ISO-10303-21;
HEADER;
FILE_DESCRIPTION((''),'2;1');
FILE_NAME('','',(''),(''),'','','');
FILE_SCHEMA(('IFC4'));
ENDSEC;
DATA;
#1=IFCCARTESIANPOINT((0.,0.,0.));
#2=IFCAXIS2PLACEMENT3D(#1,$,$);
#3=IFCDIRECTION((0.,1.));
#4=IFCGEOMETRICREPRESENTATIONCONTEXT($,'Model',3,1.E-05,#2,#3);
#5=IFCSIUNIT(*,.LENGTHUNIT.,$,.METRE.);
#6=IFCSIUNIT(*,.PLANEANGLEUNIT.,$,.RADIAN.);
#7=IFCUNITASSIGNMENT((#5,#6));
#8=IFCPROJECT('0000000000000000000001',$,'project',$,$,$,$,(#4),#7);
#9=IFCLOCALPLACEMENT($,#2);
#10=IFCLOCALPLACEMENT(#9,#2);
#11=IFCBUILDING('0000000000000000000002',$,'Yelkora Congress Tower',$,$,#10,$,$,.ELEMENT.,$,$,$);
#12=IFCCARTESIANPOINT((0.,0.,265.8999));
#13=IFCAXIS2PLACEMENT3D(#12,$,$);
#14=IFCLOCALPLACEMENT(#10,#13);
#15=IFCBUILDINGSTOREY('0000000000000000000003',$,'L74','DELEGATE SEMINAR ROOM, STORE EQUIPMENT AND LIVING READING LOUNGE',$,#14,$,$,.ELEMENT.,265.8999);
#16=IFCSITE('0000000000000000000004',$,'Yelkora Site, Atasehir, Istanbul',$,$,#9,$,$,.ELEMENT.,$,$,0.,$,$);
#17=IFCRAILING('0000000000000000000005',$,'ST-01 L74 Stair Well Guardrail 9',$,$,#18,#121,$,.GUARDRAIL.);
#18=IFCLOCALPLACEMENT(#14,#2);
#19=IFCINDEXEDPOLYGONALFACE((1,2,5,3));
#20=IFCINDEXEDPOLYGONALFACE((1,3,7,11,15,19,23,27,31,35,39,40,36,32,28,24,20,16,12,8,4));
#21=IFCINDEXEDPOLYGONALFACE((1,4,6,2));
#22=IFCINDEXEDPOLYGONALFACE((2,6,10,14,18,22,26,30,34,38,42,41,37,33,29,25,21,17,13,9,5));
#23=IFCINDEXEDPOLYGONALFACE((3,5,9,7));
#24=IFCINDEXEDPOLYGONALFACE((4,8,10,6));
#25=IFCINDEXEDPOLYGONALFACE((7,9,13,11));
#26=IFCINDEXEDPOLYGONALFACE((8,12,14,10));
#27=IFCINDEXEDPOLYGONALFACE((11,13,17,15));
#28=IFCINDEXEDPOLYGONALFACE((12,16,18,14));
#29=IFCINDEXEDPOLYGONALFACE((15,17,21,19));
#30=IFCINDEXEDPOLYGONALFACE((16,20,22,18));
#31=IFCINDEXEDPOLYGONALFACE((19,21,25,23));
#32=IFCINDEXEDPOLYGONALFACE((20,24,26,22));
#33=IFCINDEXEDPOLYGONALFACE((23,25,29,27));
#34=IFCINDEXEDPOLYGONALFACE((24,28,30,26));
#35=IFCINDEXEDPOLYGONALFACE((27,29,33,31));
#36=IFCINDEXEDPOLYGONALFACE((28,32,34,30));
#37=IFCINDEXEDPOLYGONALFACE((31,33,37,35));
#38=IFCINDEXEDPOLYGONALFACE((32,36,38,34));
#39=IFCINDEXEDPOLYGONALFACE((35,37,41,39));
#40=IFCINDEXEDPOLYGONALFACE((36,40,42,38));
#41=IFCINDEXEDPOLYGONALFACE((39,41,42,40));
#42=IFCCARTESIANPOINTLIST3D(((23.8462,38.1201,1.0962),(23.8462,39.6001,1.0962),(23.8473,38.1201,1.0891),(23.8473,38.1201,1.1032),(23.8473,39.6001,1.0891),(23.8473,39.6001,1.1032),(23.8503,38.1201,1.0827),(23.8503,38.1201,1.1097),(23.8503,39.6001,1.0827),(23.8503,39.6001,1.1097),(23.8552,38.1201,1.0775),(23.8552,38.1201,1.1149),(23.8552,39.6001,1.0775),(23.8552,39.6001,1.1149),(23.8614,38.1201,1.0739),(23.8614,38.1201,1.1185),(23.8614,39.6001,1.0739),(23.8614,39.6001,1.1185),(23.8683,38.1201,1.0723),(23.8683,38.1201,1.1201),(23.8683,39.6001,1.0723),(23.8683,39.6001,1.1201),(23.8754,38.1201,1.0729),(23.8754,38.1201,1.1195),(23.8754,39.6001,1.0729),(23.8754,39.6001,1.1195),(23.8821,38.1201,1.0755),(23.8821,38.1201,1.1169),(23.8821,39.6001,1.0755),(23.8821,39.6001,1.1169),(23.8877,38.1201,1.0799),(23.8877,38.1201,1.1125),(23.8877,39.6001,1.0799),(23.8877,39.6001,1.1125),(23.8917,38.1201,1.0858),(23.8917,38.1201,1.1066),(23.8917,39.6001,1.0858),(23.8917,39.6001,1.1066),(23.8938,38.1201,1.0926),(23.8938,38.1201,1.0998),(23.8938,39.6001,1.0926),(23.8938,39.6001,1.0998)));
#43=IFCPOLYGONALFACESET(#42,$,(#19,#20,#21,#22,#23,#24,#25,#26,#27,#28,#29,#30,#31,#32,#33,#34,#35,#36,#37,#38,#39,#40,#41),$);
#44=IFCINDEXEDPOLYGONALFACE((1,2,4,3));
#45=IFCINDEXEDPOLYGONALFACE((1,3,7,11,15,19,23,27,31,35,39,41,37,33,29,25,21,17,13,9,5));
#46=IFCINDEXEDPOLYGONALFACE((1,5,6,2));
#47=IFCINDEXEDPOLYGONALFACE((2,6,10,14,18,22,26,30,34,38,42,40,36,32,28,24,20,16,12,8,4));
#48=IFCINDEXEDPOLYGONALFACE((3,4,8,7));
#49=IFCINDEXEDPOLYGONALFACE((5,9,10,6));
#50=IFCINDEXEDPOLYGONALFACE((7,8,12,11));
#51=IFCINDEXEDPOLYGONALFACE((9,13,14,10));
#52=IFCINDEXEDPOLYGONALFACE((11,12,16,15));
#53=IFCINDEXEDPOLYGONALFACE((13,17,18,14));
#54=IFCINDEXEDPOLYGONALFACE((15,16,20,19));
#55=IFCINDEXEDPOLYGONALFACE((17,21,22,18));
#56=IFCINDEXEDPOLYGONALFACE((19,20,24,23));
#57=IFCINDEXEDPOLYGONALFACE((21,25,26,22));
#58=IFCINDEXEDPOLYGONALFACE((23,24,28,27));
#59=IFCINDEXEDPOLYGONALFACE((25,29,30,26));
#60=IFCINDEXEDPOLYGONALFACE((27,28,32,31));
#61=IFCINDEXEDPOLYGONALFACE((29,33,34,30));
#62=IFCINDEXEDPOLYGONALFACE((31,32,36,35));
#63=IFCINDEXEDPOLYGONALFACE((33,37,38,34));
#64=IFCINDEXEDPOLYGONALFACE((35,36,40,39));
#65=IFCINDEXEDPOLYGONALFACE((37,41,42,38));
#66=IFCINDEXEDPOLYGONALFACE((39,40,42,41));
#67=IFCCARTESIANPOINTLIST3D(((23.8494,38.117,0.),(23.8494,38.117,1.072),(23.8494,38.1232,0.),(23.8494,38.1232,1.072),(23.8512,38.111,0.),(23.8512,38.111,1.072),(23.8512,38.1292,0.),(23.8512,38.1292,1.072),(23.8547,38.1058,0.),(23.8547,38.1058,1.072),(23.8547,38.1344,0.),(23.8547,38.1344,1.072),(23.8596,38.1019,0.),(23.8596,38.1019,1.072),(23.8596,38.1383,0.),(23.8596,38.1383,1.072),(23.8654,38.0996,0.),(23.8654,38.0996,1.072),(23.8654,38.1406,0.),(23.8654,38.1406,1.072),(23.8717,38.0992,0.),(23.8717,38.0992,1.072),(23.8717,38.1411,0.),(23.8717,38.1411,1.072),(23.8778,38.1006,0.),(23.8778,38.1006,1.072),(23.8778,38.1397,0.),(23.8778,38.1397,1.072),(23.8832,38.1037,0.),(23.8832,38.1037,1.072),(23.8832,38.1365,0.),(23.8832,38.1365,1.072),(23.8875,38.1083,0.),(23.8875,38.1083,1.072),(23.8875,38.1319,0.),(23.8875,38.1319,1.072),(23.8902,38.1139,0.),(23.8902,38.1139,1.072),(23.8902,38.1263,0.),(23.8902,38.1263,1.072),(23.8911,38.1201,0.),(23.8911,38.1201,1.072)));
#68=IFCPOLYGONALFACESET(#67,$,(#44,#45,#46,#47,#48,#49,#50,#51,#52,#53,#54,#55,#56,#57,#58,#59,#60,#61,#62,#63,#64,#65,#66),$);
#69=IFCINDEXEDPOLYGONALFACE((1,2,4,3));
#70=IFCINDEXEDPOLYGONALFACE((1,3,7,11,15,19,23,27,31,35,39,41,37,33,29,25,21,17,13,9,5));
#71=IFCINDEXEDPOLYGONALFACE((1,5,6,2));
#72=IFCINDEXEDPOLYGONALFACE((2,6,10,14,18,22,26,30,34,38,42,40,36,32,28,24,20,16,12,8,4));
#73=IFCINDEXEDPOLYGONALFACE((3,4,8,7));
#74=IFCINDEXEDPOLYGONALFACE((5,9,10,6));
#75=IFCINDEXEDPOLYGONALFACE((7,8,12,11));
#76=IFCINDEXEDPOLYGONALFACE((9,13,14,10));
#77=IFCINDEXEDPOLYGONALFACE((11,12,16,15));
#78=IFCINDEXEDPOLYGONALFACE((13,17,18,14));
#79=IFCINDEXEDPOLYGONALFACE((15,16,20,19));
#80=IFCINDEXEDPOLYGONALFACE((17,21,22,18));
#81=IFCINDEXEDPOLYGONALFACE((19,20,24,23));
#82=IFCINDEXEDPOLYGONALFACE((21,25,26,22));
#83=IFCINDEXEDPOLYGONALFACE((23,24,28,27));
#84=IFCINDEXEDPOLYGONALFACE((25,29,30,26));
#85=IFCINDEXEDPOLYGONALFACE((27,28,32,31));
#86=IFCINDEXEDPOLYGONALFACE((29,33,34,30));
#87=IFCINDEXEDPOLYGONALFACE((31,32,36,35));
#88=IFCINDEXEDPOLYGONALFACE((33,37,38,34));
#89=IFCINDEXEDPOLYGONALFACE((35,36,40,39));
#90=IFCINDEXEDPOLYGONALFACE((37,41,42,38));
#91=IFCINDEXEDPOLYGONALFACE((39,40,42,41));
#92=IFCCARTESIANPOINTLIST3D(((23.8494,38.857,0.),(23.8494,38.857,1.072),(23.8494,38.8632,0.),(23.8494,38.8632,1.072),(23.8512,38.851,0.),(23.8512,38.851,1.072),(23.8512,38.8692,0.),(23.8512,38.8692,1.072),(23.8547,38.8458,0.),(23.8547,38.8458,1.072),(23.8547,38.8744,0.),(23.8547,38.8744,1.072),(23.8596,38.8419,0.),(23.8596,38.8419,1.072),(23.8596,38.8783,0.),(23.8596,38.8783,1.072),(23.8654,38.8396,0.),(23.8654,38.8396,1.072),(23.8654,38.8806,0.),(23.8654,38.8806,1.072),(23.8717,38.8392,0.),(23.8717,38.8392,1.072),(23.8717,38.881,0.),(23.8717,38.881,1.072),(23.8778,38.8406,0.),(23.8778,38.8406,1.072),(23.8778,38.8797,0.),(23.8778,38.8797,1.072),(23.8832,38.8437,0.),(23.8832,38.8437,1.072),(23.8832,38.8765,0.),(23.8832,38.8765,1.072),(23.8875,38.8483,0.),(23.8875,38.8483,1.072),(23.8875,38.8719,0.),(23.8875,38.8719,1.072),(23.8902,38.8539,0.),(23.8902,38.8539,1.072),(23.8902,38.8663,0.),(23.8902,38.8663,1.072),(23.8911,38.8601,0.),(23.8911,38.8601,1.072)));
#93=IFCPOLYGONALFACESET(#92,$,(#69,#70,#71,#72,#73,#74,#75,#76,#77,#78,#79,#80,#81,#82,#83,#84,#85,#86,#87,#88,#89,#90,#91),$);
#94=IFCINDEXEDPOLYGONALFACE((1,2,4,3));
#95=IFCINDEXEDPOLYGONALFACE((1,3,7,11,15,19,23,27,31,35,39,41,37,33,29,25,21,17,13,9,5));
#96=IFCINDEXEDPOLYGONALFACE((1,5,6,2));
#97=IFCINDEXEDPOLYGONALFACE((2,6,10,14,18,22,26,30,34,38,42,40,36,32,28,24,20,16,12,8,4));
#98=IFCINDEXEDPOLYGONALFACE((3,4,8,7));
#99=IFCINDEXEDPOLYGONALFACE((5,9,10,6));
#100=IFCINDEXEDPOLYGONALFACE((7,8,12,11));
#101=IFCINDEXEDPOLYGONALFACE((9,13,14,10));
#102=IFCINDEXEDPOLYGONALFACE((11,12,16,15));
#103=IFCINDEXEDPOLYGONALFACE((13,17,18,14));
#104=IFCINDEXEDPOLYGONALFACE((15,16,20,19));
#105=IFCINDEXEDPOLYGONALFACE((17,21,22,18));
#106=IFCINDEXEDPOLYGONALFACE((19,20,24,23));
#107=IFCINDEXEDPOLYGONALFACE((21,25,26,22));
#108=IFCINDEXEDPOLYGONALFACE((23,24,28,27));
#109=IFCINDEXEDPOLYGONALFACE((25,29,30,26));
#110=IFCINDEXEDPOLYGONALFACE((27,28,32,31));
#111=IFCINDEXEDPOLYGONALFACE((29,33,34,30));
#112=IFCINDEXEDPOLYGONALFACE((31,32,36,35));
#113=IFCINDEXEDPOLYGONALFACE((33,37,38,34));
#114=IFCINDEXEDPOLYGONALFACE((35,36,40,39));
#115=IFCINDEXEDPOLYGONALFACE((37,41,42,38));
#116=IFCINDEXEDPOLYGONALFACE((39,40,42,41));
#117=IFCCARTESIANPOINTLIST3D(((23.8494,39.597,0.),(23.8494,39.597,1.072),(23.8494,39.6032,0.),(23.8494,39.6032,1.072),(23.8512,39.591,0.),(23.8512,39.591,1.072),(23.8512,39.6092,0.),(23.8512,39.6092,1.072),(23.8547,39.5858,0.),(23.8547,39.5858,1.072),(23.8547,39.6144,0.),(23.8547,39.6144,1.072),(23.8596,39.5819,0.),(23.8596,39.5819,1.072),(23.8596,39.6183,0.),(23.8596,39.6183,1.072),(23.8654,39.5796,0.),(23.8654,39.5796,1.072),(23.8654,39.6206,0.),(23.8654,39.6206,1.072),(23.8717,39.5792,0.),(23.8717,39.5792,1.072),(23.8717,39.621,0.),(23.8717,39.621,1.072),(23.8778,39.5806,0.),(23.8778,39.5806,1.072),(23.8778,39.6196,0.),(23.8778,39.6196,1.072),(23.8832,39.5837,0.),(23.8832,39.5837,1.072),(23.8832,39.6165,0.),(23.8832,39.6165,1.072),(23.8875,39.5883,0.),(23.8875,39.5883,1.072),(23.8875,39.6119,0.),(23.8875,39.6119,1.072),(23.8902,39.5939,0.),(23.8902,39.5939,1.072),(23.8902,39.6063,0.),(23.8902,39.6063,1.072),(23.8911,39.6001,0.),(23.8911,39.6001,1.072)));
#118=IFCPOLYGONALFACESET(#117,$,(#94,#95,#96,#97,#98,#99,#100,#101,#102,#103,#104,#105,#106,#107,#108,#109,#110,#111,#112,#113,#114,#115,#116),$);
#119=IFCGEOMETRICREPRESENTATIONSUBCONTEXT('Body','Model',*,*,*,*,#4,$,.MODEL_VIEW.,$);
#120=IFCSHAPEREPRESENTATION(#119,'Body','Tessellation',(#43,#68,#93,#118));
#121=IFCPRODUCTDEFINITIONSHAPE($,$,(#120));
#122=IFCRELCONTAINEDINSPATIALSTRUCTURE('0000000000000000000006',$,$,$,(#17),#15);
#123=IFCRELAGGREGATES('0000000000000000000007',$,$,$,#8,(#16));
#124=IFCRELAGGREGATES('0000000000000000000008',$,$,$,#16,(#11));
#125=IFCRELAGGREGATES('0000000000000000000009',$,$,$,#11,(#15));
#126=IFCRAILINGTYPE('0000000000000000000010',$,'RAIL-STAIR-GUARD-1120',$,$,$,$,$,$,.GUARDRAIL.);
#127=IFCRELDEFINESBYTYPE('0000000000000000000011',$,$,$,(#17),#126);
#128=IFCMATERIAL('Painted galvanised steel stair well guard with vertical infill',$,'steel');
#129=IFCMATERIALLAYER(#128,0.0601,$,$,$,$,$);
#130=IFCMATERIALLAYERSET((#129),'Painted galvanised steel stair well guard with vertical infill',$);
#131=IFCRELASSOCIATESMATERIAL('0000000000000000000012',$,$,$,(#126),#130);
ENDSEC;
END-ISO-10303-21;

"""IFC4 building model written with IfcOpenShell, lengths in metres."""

from ifc_helpers import new_model, si_unit, direction, frame, origin, origin_2d, place, context, subcontext, project, spatial, circle, extrude, material, layer, layer_set, type_object, element, save


model = new_model("IFC4")

# Units and contexts
model_context = context("Model", 3, precision=1e-05, world=origin(), true_north=direction((0.0, 1.0)))
body_context = subcontext(model_context, "Body", "Model", "MODEL_VIEW")
ifc_project = project(units=[si_unit("LENGTHUNIT", "METRE"), si_unit("PLANEANGLEUNIT", "RADIAN")], contexts=[model_context])

# Site, building, storey
site_placement = place(None, origin())
site = spatial("IfcSite", under=ifc_project, at=site_placement, Name="Yelkora Site, Atasehir, Istanbul", CompositionType="ELEMENT", RefElevation=0.0)
building_placement = place(site_placement, origin())
building = spatial("IfcBuilding", under=site, at=building_placement, Name="Yelkora Congress Tower", CompositionType="ELEMENT")
storey_placement = place(building_placement, frame((0.0, 0.0, 265.8999)))
storey = spatial("IfcBuildingStorey", under=building, at=storey_placement, Name="L74", Description="DELEGATE SEMINAR ROOM, STORE EQUIPMENT AND LIVING READING LOUNGE", CompositionType="ELEMENT", Elevation=265.8999)

# Railing
ifc_material_1 = material(Name="Painted galvanised steel stair well guard with vertical infill", Category="steel")
ifc_layer_1 = layer(ifc_material_1, 0.0601)
ifc_layer_set_1 = layer_set([ifc_layer_1], Name="Painted galvanised steel stair well guard with vertical infill")
railing_type_1 = type_object("IfcRailingType", Name="RAIL-STAIR-GUARD-1120", PredefinedType="GUARDRAIL", material=ifc_layer_set_1)
for number, where, name in (
    (1, (23.8701, 38.1201, 0.0), "ST-01 L74 Stair Well Guardrail 9"),
):
    element("IfcRailing", number, at=place(storey_placement, frame(where)), inside=storey, type_object=railing_type_1, Name=name, PredefinedType="GUARDRAIL", context=body_context, shape_type="SweptSolid", body=[
        extrude(circle(Radius=0.0239, at=origin_2d()), frame((0.0, 0.0, 1.0962), z_axis=(0.0, 1.0, 0.0), x_axis=(-1.0, 0.0, 0.0)), (0.0, 0.0, 1.0), 1.48),
        extrude(circle(Radius=0.021, at=origin_2d()), origin(), (0.0, 0.0, 1.0), 1.072),
        extrude(circle(Radius=0.021, at=origin_2d()), frame((0.0, 0.74, 0.0)), (0.0, 0.0, 1.0), 1.072),
        extrude(circle(Radius=0.021, at=origin_2d()), frame((0.0, 1.48, 0.0)), (0.0, 0.0, 1.0), 1.072),
    ])

save(model, "model.ifc")
